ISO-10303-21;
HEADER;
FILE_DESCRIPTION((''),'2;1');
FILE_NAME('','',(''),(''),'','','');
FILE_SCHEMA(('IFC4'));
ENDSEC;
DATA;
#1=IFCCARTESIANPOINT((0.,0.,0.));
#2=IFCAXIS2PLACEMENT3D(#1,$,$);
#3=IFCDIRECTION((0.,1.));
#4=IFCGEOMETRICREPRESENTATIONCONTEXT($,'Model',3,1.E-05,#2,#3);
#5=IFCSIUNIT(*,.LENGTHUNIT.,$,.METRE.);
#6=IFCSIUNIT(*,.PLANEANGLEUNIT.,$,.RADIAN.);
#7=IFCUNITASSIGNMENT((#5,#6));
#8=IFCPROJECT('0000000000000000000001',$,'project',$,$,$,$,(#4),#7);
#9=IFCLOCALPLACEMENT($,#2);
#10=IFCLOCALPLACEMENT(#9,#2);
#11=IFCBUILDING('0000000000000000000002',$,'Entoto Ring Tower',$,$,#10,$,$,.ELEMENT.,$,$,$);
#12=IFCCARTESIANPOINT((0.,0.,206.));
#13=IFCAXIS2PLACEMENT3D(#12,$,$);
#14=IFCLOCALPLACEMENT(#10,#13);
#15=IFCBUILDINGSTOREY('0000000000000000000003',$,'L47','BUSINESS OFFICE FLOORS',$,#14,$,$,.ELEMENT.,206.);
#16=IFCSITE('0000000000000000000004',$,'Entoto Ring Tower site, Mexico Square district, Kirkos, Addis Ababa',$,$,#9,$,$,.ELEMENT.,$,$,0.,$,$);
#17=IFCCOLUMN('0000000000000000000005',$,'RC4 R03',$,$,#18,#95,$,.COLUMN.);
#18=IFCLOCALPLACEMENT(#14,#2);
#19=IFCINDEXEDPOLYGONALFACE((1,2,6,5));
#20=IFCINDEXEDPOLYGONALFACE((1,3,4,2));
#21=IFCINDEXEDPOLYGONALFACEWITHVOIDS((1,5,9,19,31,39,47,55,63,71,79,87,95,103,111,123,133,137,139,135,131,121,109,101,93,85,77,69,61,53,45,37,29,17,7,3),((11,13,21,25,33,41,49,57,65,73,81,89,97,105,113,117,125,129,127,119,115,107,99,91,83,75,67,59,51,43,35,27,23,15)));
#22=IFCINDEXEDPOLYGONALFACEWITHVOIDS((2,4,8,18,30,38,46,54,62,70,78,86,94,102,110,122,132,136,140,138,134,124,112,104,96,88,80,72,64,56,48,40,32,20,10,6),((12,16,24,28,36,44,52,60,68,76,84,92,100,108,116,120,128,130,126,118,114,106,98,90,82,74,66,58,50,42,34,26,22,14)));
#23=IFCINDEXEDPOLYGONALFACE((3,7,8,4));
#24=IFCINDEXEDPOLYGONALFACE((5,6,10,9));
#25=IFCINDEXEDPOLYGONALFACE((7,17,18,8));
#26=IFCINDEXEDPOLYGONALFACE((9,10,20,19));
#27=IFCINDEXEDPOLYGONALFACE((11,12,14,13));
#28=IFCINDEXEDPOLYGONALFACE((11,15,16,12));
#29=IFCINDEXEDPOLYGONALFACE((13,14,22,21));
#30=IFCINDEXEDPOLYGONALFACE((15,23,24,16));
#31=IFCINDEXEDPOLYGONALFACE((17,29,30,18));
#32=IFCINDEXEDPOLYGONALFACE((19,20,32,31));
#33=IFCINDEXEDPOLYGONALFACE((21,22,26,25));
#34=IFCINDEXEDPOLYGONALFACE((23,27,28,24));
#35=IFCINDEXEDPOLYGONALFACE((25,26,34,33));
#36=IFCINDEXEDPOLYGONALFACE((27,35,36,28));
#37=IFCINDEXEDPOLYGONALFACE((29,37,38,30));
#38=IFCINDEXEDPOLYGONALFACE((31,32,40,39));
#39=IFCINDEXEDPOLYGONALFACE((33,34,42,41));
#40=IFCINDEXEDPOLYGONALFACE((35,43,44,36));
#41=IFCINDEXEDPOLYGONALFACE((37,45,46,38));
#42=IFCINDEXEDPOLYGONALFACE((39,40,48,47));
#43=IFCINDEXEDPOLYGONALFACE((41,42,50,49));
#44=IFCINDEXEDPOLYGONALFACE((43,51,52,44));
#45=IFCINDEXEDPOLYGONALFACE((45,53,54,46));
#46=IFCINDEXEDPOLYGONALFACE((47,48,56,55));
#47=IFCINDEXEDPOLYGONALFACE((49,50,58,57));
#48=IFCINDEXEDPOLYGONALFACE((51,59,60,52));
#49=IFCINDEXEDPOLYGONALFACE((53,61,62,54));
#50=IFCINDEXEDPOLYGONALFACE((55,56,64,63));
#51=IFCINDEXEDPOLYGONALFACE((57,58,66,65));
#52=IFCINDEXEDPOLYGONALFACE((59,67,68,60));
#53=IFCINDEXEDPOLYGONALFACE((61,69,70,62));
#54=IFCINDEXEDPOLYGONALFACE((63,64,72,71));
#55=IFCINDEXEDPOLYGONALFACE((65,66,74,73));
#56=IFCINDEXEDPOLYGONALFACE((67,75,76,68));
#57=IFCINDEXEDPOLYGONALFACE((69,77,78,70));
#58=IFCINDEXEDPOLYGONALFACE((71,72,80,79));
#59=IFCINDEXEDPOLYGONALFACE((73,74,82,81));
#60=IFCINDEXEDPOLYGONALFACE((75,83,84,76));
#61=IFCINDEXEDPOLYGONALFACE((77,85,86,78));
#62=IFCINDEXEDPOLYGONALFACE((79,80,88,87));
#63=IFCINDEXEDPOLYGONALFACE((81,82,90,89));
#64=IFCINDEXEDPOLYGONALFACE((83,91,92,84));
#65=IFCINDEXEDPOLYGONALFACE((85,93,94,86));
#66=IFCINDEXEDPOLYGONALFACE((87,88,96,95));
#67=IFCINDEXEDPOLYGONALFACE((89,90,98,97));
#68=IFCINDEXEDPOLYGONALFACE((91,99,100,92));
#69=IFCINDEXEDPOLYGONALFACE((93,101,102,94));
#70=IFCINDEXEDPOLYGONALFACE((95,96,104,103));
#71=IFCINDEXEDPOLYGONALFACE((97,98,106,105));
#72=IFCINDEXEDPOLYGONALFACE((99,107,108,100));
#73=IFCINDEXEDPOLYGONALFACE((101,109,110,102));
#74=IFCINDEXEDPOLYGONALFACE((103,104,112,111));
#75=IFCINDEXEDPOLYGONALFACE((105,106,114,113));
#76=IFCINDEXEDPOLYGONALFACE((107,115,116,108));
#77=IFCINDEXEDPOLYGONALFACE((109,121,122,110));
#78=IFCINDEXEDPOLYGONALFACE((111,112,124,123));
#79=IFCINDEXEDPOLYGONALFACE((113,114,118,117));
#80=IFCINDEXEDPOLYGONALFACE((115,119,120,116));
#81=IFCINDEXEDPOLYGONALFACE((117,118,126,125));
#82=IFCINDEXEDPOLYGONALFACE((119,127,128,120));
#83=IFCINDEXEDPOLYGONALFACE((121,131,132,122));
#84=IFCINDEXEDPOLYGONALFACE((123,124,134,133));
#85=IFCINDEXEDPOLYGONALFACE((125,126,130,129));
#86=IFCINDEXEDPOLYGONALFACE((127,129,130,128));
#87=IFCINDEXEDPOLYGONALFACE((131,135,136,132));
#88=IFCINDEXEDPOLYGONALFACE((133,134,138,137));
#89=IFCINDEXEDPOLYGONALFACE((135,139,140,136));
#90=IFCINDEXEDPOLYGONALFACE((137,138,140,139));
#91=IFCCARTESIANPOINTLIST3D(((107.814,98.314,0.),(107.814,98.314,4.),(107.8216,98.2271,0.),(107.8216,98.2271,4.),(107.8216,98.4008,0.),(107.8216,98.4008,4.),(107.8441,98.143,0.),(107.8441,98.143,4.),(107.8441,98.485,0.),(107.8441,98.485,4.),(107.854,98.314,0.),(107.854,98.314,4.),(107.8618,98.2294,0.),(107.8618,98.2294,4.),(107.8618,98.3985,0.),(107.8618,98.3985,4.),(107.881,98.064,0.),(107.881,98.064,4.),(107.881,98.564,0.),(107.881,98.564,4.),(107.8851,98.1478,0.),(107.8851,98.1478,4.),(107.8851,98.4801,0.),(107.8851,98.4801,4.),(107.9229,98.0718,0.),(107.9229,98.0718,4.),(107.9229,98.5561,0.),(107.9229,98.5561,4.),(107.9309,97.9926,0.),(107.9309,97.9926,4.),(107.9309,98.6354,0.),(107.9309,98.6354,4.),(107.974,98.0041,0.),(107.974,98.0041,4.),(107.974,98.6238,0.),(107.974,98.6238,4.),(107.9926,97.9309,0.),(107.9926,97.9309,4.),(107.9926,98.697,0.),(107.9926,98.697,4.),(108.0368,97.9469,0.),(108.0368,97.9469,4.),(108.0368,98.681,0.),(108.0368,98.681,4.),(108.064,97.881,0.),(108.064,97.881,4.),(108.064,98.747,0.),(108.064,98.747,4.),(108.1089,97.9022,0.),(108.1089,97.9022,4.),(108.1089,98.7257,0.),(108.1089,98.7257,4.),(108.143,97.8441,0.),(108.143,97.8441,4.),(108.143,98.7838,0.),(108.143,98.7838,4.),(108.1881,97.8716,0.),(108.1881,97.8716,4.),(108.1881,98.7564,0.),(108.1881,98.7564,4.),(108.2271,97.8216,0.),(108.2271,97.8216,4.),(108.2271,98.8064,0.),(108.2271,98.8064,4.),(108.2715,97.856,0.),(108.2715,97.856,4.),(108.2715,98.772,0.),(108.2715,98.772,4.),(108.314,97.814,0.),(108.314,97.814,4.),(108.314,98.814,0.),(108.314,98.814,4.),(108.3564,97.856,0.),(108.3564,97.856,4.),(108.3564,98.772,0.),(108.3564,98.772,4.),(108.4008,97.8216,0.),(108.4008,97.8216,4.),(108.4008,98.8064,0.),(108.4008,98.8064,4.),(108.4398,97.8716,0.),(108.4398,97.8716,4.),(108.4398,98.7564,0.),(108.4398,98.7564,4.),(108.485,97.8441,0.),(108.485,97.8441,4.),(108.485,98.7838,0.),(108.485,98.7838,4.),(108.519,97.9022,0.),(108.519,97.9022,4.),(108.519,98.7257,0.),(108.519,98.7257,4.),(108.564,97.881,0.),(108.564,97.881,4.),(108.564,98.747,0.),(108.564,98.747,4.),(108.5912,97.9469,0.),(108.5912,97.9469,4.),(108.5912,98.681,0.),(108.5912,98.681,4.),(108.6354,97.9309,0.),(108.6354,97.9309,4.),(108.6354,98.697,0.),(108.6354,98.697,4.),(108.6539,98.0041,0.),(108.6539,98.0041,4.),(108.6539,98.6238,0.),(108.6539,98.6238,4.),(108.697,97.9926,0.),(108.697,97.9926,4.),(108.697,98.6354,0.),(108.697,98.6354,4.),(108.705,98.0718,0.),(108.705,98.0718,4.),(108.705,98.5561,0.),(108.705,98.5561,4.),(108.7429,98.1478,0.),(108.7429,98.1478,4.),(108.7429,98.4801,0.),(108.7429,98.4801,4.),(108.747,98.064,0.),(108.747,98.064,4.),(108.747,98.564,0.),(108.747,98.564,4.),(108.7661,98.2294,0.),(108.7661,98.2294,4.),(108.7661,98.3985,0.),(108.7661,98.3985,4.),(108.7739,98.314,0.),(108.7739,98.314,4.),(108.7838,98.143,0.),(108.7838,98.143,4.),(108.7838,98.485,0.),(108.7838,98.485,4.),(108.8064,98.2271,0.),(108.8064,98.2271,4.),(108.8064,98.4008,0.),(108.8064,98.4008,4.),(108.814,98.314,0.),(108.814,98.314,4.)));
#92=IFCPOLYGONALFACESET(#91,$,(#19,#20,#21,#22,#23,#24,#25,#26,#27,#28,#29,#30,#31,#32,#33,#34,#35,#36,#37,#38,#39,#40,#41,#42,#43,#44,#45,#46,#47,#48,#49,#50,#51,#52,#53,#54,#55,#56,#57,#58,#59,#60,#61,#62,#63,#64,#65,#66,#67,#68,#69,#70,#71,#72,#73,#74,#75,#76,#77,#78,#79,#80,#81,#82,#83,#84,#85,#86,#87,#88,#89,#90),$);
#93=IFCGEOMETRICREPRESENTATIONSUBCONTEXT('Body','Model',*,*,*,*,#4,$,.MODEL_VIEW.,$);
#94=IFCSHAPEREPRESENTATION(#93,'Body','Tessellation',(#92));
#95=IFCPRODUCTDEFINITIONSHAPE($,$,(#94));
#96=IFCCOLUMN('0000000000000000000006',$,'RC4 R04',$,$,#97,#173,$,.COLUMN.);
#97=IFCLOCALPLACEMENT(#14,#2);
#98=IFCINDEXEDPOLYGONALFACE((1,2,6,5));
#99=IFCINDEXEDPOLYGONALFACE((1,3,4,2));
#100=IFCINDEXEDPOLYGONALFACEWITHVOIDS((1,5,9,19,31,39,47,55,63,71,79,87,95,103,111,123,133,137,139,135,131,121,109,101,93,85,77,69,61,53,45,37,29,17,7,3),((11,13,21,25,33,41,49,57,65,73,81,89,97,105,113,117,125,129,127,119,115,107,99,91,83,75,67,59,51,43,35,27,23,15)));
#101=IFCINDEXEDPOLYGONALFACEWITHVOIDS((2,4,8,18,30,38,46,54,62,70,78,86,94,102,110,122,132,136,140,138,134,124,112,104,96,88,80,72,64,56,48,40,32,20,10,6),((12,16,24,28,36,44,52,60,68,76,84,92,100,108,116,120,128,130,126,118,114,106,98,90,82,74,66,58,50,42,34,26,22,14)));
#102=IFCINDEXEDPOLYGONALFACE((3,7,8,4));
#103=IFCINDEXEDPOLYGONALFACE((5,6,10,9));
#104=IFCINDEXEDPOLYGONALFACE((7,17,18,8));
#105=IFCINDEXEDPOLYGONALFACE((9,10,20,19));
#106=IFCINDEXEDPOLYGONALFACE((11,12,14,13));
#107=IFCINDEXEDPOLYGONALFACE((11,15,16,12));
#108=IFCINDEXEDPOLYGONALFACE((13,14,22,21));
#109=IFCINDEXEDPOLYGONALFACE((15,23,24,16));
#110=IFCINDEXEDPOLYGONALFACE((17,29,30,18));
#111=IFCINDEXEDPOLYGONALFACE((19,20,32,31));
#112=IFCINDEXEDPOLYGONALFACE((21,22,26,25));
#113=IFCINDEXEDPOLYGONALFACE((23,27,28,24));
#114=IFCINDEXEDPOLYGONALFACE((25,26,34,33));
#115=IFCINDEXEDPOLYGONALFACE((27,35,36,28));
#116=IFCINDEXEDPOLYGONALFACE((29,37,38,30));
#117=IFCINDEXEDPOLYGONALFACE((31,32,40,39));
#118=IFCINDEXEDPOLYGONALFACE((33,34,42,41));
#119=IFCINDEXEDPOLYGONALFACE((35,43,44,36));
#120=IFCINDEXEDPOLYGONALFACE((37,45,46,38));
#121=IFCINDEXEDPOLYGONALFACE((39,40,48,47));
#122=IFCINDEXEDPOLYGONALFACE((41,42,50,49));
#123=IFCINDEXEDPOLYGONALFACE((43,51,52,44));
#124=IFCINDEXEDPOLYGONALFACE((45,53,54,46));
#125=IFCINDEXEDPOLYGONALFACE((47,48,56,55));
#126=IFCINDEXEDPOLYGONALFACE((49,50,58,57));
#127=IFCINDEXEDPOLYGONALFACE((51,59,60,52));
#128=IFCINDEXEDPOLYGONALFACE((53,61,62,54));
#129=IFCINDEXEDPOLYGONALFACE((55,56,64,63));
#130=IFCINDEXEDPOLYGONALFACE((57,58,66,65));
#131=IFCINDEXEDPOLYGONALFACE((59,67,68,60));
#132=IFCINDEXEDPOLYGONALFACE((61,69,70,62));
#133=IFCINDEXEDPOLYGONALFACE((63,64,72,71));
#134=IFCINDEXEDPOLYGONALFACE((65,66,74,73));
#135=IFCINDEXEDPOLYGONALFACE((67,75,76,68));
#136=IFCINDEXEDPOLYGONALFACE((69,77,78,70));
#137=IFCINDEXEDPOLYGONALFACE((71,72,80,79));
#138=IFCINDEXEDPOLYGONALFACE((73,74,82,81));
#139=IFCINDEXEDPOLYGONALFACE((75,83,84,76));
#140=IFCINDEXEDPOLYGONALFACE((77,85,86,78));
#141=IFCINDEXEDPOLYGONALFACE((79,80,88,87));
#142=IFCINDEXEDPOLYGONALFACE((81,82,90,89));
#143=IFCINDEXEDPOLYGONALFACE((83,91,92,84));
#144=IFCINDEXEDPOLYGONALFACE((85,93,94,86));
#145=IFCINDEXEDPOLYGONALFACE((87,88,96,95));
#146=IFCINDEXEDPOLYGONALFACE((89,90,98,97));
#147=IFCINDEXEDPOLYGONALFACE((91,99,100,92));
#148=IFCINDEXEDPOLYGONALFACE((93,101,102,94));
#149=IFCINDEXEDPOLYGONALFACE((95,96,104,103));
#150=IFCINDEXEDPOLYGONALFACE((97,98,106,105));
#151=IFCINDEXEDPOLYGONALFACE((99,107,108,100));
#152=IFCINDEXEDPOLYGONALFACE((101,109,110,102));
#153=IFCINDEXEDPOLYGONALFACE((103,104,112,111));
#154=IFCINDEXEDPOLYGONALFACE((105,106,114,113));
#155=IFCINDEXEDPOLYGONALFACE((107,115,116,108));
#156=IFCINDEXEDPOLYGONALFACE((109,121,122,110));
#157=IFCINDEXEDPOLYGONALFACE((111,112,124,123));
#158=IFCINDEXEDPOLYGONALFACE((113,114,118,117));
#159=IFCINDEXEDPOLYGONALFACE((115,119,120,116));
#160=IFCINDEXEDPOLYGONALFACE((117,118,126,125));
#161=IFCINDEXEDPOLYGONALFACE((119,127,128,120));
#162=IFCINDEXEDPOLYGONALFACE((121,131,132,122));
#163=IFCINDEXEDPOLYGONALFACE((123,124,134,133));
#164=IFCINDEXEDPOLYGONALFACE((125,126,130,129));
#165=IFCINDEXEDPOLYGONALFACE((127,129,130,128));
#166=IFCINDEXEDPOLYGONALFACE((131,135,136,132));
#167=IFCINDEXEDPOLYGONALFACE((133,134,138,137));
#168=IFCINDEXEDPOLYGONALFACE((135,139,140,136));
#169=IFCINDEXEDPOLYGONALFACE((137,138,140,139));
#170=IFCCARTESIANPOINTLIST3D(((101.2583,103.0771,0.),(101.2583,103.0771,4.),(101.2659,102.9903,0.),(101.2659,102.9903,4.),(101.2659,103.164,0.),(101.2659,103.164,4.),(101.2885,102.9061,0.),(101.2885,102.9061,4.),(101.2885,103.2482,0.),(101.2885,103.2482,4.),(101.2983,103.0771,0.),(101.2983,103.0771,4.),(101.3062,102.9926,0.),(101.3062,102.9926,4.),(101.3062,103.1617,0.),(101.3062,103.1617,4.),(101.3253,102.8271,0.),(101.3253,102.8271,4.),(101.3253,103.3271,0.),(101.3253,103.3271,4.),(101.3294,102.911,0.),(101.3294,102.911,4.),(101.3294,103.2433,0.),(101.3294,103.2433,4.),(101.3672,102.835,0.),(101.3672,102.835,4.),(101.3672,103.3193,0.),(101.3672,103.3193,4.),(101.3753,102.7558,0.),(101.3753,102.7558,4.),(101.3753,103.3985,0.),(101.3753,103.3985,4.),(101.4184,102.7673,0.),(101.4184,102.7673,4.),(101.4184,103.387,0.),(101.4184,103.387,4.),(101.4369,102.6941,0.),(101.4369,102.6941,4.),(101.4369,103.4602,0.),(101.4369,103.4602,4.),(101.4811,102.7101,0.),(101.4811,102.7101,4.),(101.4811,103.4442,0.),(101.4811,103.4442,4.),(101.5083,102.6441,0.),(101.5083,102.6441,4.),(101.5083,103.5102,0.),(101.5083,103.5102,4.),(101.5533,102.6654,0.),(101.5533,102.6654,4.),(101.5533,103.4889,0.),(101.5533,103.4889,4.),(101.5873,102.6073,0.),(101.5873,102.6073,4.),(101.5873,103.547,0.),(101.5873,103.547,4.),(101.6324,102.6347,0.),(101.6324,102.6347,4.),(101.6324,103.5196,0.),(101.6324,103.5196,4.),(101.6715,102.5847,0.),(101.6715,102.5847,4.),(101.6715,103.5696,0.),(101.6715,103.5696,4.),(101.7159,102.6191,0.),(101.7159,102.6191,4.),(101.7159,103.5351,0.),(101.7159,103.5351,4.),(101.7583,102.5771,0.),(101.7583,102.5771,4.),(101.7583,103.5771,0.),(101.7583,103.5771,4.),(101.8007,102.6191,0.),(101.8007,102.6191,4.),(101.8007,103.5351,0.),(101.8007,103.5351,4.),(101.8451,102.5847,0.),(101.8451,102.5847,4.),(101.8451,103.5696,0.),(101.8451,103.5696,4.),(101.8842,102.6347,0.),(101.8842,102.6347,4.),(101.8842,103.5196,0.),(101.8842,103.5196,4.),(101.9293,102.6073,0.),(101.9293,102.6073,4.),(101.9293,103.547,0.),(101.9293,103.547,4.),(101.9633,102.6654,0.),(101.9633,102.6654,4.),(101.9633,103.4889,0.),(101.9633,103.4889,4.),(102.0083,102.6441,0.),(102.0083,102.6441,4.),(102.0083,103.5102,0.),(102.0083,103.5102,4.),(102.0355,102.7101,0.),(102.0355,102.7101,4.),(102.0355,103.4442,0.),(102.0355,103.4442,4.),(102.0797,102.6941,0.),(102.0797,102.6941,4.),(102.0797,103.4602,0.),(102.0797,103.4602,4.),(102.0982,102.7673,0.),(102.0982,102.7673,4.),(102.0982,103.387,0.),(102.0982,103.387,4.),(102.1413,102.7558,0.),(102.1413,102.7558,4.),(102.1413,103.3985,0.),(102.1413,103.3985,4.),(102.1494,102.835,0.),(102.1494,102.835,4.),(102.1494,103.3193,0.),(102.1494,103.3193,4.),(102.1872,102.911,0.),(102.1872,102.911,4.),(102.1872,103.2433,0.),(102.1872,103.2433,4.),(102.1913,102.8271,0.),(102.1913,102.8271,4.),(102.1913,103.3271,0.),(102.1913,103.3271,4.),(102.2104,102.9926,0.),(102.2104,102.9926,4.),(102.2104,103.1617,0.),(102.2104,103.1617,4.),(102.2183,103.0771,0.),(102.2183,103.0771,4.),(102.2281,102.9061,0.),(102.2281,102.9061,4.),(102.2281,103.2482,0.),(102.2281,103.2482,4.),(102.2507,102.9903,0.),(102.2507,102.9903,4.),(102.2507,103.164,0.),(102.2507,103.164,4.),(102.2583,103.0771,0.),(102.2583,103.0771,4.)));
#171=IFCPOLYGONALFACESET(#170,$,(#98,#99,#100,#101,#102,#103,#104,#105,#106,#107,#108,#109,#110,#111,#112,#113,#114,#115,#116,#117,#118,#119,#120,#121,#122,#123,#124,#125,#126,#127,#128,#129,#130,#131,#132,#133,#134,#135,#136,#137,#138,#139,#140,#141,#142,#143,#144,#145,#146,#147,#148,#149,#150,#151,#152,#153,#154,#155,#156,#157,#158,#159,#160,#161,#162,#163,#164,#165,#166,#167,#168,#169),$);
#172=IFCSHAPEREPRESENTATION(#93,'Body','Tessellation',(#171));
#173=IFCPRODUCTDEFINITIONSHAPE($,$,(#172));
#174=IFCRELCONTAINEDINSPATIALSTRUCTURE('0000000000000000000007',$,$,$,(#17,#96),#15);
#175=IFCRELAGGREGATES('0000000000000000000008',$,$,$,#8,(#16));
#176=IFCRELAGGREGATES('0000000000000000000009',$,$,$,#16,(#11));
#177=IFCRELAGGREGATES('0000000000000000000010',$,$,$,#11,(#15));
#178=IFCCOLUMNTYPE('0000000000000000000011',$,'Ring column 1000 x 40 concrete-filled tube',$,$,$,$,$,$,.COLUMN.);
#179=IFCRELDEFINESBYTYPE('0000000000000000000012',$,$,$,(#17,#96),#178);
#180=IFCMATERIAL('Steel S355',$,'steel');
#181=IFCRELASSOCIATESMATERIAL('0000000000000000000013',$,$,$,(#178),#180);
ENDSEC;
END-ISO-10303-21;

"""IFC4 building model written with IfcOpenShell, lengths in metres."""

from ifc_helpers import new_model, si_unit, direction, frame, origin, origin_2d, place, context, subcontext, project, spatial, circle, hollow_circle, extrude, material, material_profile, profile_set, type_object, element, save


model = new_model("IFC4")

# Units and contexts
model_context = context("Model", 3, precision=1e-05, world=origin(), true_north=direction((0.0, 1.0)))
body_context = subcontext(model_context, "Body", "Model", "MODEL_VIEW")
ifc_project = project(units=[si_unit("LENGTHUNIT", "METRE"), si_unit("PLANEANGLEUNIT", "RADIAN")], contexts=[model_context])

# Site, building, storey
site_placement = place(None, origin())
site = spatial("IfcSite", under=ifc_project, at=site_placement, Name="Entoto Ring Tower site, Mexico Square district, Kirkos, Addis Ababa", CompositionType="ELEMENT", RefElevation=0.0)
building_placement = place(site_placement, origin())
building = spatial("IfcBuilding", under=site, at=building_placement, Name="Entoto Ring Tower", CompositionType="ELEMENT")
storey_placement = place(building_placement, frame((0.0, 0.0, 206.0)))
storey = spatial("IfcBuildingStorey", under=building, at=storey_placement, Name="L47", Description="BUSINESS OFFICE FLOORS", CompositionType="ELEMENT", Elevation=206.0)

# Columns
ifc_material_1 = material(Name="Steel S355", Category="steel")
ifc_material_profile_1 = material_profile(ifc_material_1, hollow_circle(Radius=0.5, WallThickness=0.04, at=origin_2d()), Name="CHS 1000 x 40")
ifc_material_2 = material(Name="Concrete C60/75", Category="concrete")
ifc_material_profile_2 = material_profile(ifc_material_2, circle(Radius=0.46, at=origin_2d()), Name="Concrete C60/75 infill")
ifc_profile_set_1 = profile_set([ifc_material_profile_1, ifc_material_profile_2], Name="Steel S355")
column_type = type_object("IfcColumnType", Name="Ring column 1000 x 40 concrete-filled tube", PredefinedType="COLUMN", material=ifc_profile_set_1)
for number, where, z_axis, x_axis, name in (
    (1, (108.314, 98.314, 0.0), (0.0, 0.0, 1.0), (1.0, 0.0, 0.0), "RC4 R03"),
    (2, (101.7583, 103.0771, 0.0), (0.0, 0.0, 1.0), (1.0, 0.0, 0.0), "RC4 R04"),
):
    element("IfcColumn", number, at=place(storey_placement, frame(where, z_axis=z_axis, x_axis=x_axis)), inside=storey, type_object=column_type, Name=name, PredefinedType="COLUMN", context=body_context, shape_type="SweptSolid", body=[
        extrude(hollow_circle(Radius=0.5, WallThickness=0.04, at=origin_2d()), origin(), (0.0, 0.0, 1.0), 4.0),
    ])

save(model, "model.ifc")
